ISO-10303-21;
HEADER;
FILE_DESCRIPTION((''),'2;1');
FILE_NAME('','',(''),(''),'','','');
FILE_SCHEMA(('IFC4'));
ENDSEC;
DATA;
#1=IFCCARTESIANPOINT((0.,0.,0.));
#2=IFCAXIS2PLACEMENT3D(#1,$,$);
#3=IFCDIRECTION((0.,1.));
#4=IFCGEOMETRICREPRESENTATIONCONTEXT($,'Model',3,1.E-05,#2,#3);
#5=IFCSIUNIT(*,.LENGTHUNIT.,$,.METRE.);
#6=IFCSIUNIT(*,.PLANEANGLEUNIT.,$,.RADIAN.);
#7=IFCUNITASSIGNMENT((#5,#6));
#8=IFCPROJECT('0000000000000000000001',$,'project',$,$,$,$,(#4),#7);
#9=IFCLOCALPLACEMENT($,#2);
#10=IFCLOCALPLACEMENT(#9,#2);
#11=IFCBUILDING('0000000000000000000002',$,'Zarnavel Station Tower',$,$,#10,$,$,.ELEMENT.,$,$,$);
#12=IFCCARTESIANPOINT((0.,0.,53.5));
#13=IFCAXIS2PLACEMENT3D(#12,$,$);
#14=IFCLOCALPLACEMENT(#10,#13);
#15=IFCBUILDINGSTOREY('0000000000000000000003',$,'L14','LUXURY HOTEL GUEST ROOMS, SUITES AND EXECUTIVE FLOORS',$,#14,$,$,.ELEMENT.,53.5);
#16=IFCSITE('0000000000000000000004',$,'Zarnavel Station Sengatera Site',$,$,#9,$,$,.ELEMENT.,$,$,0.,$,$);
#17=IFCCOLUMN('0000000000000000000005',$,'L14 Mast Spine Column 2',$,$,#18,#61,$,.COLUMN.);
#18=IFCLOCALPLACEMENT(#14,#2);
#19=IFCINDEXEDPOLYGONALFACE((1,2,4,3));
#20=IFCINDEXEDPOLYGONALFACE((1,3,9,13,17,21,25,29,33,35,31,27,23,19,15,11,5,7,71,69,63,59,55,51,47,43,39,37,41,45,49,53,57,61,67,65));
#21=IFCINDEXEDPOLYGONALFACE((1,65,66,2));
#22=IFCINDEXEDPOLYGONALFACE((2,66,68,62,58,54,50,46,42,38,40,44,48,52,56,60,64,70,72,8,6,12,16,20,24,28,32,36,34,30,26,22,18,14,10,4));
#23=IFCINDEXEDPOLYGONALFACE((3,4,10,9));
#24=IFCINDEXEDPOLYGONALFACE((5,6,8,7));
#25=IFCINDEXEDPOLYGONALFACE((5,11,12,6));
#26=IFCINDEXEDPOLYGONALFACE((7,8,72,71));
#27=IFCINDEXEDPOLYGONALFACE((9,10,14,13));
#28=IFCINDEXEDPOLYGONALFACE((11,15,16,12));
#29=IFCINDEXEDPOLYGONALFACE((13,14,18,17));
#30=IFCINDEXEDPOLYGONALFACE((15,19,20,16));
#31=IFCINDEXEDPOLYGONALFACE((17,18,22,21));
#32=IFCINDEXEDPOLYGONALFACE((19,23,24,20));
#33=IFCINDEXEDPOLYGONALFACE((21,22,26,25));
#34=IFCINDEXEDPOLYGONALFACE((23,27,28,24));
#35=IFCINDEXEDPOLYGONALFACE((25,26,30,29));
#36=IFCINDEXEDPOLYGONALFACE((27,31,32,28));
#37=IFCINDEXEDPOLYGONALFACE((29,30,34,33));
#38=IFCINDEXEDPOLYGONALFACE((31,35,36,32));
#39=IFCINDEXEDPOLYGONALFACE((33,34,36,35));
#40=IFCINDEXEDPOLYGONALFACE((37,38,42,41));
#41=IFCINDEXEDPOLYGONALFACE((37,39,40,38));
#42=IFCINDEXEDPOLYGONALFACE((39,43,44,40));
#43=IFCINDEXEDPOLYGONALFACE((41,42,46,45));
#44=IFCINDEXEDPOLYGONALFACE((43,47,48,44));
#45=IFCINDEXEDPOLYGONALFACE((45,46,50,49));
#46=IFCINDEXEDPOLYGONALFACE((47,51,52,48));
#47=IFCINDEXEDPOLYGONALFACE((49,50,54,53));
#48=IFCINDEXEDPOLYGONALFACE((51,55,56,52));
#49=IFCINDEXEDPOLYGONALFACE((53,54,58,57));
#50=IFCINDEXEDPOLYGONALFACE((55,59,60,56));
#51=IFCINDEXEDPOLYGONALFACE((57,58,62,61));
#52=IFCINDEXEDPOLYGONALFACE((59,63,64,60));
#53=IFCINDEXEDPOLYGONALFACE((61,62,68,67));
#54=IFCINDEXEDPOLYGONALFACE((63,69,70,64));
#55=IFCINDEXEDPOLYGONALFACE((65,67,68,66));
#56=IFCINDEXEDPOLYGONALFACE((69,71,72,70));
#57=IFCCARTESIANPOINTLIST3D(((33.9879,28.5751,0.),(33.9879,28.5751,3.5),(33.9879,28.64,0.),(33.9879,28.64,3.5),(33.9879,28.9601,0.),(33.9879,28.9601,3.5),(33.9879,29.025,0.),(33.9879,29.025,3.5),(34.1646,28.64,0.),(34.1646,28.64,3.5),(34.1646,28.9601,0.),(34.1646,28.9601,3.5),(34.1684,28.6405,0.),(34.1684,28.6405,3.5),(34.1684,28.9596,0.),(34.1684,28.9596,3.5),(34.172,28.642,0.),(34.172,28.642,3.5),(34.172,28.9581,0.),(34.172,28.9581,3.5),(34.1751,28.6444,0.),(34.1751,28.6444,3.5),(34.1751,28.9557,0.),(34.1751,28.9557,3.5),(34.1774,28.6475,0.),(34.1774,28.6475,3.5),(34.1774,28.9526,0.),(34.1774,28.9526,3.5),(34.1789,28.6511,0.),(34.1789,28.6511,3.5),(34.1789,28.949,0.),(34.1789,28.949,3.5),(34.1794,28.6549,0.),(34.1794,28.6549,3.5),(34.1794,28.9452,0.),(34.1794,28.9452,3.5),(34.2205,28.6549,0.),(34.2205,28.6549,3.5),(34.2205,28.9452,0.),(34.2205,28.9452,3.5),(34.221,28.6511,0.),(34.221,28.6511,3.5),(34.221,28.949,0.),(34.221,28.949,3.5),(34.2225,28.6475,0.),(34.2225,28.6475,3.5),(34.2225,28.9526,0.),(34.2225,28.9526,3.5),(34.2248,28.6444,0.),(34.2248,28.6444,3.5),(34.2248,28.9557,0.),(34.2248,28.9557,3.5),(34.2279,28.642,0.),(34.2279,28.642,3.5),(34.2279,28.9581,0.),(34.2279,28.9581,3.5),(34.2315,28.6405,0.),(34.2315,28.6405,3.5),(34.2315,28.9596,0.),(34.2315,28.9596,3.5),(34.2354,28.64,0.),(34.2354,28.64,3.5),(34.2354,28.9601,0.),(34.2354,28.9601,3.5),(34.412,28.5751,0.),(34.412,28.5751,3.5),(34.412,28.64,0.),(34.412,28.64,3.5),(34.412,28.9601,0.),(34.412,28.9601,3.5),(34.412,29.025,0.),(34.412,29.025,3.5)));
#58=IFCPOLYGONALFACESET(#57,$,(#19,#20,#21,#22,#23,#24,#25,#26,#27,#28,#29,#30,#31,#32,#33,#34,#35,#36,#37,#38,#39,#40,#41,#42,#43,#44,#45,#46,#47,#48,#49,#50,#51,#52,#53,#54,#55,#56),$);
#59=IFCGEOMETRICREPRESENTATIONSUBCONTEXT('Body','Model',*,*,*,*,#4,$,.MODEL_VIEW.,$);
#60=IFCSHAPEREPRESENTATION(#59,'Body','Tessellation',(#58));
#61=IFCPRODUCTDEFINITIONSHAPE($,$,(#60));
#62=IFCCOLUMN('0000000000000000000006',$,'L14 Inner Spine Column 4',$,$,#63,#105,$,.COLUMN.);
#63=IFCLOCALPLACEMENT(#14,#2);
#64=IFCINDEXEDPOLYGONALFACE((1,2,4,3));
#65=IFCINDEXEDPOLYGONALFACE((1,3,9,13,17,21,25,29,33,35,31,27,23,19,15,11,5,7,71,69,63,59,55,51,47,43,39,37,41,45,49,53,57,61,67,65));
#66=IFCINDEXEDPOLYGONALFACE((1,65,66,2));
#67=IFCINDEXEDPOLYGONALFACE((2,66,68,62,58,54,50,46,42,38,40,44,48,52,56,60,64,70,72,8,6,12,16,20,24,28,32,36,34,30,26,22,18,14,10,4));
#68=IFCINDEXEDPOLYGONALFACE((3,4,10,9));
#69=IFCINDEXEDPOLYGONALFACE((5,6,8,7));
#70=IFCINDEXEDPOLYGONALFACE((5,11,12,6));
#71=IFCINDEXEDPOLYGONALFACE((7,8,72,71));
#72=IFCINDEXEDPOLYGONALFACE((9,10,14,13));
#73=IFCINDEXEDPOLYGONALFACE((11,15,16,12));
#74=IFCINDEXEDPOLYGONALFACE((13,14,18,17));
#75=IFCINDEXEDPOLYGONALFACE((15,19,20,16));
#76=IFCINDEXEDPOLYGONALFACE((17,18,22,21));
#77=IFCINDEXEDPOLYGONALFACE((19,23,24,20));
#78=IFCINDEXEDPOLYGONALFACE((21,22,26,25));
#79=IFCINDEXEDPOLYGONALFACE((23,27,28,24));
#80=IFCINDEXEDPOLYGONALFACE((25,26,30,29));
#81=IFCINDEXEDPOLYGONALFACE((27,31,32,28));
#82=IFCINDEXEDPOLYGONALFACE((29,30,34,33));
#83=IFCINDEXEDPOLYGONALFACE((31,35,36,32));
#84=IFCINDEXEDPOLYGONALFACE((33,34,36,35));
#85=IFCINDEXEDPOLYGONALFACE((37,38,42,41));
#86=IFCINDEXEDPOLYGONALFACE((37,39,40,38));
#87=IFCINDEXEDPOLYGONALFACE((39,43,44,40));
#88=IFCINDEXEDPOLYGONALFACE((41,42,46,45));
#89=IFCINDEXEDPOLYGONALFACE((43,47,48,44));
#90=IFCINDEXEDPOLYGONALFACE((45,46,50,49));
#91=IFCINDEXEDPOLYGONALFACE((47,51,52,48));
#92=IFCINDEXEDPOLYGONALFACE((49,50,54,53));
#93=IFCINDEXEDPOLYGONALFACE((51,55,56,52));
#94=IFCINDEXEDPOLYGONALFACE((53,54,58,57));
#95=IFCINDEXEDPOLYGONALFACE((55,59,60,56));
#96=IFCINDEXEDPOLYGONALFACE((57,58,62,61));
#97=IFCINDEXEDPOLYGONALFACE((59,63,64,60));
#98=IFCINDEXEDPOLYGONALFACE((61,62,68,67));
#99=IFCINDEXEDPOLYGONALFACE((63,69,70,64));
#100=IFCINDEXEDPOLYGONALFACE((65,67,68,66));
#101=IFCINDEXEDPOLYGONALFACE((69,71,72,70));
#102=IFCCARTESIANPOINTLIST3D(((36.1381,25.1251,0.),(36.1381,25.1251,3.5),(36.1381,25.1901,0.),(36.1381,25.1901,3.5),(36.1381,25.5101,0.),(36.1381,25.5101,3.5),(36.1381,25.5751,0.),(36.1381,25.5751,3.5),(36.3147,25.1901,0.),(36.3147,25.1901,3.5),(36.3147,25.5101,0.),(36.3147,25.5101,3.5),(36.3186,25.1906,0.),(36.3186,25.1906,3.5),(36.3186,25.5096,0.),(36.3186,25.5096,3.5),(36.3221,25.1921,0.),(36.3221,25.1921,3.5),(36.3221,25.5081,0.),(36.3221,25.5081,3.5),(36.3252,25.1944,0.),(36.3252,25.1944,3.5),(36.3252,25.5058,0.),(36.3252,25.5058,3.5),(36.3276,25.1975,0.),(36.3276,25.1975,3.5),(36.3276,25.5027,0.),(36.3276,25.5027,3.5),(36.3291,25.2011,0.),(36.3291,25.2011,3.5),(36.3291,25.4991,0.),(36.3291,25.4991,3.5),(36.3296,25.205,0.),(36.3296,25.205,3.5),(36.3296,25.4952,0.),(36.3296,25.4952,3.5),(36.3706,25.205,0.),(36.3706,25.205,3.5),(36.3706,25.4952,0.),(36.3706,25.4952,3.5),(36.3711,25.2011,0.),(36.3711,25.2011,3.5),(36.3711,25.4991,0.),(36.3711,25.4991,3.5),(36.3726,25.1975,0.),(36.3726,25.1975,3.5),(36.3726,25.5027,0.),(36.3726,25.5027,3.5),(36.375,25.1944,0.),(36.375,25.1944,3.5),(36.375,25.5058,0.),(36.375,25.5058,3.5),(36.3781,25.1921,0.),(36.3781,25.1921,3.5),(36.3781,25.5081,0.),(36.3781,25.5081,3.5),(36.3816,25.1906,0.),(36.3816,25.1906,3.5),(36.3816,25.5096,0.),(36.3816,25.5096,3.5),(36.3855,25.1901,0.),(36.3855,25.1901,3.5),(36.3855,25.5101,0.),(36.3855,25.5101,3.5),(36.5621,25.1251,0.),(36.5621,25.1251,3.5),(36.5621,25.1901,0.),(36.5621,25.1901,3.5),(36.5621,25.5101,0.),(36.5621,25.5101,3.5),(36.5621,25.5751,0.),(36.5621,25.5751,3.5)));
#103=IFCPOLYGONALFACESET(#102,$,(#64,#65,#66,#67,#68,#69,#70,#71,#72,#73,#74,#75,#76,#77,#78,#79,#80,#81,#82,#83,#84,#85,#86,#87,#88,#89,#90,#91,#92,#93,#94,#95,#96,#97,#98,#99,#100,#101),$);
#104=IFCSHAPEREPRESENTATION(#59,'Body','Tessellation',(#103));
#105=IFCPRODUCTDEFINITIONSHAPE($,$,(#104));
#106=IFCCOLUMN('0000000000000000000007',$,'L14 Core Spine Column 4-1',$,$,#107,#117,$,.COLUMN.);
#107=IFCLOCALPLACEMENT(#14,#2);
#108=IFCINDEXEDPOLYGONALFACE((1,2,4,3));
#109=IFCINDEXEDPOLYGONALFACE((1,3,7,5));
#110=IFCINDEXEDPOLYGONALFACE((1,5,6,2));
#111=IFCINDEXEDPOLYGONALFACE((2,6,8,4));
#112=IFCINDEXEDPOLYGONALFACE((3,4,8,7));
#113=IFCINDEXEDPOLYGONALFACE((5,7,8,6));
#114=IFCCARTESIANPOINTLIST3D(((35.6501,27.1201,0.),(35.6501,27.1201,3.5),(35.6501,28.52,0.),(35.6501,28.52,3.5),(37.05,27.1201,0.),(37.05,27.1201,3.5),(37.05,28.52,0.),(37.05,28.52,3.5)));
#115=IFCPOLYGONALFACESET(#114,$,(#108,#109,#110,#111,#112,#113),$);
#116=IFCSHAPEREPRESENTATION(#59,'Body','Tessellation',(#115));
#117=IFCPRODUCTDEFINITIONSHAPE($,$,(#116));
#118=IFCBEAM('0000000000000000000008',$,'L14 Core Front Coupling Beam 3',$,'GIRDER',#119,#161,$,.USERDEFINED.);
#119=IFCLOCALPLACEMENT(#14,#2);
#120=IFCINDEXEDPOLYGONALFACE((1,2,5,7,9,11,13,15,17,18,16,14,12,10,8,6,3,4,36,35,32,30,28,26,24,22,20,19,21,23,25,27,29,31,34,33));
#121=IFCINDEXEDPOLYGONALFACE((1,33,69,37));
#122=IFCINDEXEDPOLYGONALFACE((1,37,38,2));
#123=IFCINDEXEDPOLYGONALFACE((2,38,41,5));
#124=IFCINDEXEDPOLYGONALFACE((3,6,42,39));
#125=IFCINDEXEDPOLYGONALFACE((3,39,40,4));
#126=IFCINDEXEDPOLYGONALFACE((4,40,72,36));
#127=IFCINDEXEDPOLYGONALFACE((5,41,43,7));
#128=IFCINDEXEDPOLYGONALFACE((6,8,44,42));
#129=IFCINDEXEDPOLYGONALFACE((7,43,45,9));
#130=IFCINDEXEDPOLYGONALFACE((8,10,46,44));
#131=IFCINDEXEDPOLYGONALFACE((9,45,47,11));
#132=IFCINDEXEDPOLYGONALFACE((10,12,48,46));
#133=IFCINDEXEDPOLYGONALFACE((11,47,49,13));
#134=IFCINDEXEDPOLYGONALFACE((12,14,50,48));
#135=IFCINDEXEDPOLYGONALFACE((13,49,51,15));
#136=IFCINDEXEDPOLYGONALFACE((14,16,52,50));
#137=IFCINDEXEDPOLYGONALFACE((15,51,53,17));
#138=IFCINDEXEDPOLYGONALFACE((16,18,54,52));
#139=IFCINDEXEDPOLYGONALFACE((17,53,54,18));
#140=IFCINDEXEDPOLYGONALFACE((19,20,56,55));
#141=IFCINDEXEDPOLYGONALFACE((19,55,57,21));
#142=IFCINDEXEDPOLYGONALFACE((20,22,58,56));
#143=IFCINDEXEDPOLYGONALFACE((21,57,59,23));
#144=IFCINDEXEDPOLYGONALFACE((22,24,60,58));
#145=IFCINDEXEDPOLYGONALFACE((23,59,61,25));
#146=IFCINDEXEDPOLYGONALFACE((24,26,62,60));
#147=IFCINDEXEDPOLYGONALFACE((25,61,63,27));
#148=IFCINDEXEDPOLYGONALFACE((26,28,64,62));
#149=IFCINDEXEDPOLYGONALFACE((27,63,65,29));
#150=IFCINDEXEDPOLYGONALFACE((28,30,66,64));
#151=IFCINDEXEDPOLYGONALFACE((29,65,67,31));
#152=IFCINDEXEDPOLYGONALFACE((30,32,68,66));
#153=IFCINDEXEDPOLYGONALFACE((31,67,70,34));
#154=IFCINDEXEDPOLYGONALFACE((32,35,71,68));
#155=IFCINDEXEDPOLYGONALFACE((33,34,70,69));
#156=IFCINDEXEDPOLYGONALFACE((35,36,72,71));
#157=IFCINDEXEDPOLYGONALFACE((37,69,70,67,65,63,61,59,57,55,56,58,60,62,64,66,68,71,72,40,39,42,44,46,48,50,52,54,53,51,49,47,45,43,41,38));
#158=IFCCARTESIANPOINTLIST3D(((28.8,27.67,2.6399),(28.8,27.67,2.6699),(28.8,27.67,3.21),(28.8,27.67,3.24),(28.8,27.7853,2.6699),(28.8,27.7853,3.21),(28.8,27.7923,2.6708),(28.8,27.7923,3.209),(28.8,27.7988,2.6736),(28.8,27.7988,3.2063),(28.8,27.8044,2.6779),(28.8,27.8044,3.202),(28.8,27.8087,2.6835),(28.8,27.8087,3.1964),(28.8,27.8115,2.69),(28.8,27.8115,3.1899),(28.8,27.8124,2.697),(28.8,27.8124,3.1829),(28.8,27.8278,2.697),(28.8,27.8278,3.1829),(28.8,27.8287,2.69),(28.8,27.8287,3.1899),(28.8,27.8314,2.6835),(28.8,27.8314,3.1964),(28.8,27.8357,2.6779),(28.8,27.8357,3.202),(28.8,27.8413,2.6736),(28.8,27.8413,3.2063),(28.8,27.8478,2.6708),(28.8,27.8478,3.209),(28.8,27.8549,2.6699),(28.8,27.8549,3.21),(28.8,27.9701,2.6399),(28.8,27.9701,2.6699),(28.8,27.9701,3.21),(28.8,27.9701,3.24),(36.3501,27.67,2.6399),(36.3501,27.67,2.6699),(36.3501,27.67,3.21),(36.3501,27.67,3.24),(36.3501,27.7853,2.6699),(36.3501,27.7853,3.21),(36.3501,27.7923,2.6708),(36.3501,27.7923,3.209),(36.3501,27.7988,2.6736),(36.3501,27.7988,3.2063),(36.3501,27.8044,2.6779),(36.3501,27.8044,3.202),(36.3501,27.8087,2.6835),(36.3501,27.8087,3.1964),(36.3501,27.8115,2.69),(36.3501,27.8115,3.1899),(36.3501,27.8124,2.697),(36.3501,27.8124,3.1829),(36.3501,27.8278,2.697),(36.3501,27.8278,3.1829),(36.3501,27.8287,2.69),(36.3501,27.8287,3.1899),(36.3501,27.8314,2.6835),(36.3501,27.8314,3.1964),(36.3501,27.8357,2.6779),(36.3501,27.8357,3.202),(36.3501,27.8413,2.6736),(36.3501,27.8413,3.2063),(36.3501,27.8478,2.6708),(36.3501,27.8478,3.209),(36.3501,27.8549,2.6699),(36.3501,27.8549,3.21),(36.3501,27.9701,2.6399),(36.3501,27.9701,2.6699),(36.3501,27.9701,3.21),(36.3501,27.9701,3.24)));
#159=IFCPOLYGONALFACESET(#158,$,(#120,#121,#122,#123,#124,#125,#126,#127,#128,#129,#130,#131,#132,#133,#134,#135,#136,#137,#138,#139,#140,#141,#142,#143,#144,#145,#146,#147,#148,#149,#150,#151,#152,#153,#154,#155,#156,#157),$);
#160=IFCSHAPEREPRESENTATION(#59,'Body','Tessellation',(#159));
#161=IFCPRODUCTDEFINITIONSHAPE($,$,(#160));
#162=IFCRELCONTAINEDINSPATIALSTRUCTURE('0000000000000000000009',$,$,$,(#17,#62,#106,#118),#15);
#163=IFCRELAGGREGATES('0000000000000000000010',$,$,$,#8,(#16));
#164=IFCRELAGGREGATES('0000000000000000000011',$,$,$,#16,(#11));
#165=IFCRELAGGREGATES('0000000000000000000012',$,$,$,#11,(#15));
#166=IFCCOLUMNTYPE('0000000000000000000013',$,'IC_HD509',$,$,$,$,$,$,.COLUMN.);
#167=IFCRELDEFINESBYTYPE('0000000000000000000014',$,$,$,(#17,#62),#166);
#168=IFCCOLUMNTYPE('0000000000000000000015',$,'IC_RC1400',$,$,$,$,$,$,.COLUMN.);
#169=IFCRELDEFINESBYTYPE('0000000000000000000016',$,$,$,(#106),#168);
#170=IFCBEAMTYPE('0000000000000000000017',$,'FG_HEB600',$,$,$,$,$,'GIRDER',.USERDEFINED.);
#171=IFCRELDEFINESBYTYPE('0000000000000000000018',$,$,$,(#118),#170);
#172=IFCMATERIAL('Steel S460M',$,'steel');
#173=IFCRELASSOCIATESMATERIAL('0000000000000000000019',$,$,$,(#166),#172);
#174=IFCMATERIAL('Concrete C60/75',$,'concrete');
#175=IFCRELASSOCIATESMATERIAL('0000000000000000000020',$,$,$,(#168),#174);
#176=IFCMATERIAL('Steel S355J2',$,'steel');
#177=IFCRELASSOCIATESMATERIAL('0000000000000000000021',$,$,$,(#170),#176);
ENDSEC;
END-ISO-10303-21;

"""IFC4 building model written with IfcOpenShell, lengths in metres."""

from ifc_helpers import new_model, si_unit, direction, frame, origin, origin_2d, place, context, subcontext, project, spatial, rectangle, i_section, extrude, material, material_profile, profile_set, type_object, element, save


model = new_model("IFC4")

# Units and contexts
model_context = context("Model", 3, precision=1e-05, world=origin(), true_north=direction((0.0, 1.0)))
body_context = subcontext(model_context, "Body", "Model", "MODEL_VIEW")
ifc_project = project(units=[si_unit("LENGTHUNIT", "METRE"), si_unit("PLANEANGLEUNIT", "RADIAN")], contexts=[model_context])

# Site, building, storey
site_placement = place(None, origin())
site = spatial("IfcSite", under=ifc_project, at=site_placement, Name="Zarnavel Station Sengatera Site", CompositionType="ELEMENT", RefElevation=0.0)
building_placement = place(site_placement, origin())
building = spatial("IfcBuilding", under=site, at=building_placement, Name="Zarnavel Station Tower", CompositionType="ELEMENT")
storey_placement = place(building_placement, frame((0.0, 0.0, 53.5)))
storey = spatial("IfcBuildingStorey", under=building, at=storey_placement, Name="L14", Description="LUXURY HOTEL GUEST ROOMS, SUITES AND EXECUTIVE FLOORS", CompositionType="ELEMENT", Elevation=53.5)

# Columns
ifc_material_1 = material(Name="Steel S460M", Category="steel")
ifc_material_profile_1 = material_profile(ifc_material_1, i_section(OverallWidth=0.4241, OverallDepth=0.45, WebThickness=0.041, FlangeThickness=0.0649, FilletRadius=0.0149, at=origin_2d()), Name="HD400x509")
ifc_profile_set_1 = profile_set([ifc_material_profile_1], Name="Steel S460M")
column_type_1 = type_object("IfcColumnType", Name="IC_HD509", PredefinedType="COLUMN", material=ifc_profile_set_1)
for number, where, z_axis, x_axis, name in (
    (1, (34.2, 28.8, 0.0), (0.0, 0.0, 1.0), (1.0, 0.0, 0.0), "L14 Mast Spine Column 2"),
    (2, (36.3501, 25.3501, 0.0), (0.0, 0.0, 1.0), (1.0, 0.0, 0.0), "L14 Inner Spine Column 4"),
):
    element("IfcColumn", number, at=place(storey_placement, frame(where, z_axis=z_axis, x_axis=x_axis)), inside=storey, type_object=column_type_1, Name=name, PredefinedType="COLUMN", context=body_context, shape_type="SweptSolid", body=[
        extrude(i_section(OverallWidth=0.4241, OverallDepth=0.45, WebThickness=0.041, FlangeThickness=0.0649, FilletRadius=0.0149, at=origin_2d()), origin(), (0.0, 0.0, 1.0), 3.5),
    ])
ifc_material_2 = material(Name="Concrete C60/75", Category="concrete")
ifc_material_profile_2 = material_profile(ifc_material_2, rectangle(XDim=1.3999, YDim=1.3999, at=origin_2d()), Name="RC1400x1400")
ifc_profile_set_2 = profile_set([ifc_material_profile_2], Name="Concrete C60/75")
column_type_2 = type_object("IfcColumnType", Name="IC_RC1400", PredefinedType="COLUMN", material=ifc_profile_set_2)
column_placement = place(storey_placement, frame((36.3501, 27.8201, 0.0), z_axis=(0.0, 0.0, 1.0), x_axis=(1.0, 0.0, 0.0)))
element("IfcColumn", 3, at=column_placement, inside=storey, type_object=column_type_2, Name="L14 Core Spine Column 4-1", PredefinedType="COLUMN", context=body_context, shape_type="SweptSolid", body=[
    extrude(rectangle(XDim=1.3999, YDim=1.3999, at=origin_2d()), origin(), (0.0, 0.0, 1.0), 3.5),
])

# Beam
ifc_material_3 = material(Name="Steel S355J2", Category="steel")
ifc_material_profile_3 = material_profile(ifc_material_3, i_section(OverallWidth=0.3, OverallDepth=0.6001, WebThickness=0.0154, FlangeThickness=0.03, FilletRadius=0.0271, at=origin_2d()), Name="HEB600")
ifc_profile_set_3 = profile_set([ifc_material_profile_3], Name="Steel S355J2")
beam_type_1 = type_object("IfcBeamType", Name="FG_HEB600", ElementType="GIRDER", PredefinedType="USERDEFINED", material=ifc_profile_set_3)
beam_1_placement = place(storey_placement, frame((28.8, 27.8201, 2.9399), z_axis=(1.0, 0.0, 0.0), x_axis=(0.0, 1.0, 0.0)))
element("IfcBeam", 4, at=beam_1_placement, inside=storey, type_object=beam_type_1, Name="L14 Core Front Coupling Beam 3", ObjectType="GIRDER", PredefinedType="USERDEFINED", context=body_context, shape_type="SweptSolid", body=[
    extrude(i_section(OverallWidth=0.3, OverallDepth=0.6001, WebThickness=0.0154, FlangeThickness=0.03, FilletRadius=0.0271, at=origin_2d()), origin(), (0.0, 0.0, 1.0), 7.55),
])

save(model, "model.ifc")
